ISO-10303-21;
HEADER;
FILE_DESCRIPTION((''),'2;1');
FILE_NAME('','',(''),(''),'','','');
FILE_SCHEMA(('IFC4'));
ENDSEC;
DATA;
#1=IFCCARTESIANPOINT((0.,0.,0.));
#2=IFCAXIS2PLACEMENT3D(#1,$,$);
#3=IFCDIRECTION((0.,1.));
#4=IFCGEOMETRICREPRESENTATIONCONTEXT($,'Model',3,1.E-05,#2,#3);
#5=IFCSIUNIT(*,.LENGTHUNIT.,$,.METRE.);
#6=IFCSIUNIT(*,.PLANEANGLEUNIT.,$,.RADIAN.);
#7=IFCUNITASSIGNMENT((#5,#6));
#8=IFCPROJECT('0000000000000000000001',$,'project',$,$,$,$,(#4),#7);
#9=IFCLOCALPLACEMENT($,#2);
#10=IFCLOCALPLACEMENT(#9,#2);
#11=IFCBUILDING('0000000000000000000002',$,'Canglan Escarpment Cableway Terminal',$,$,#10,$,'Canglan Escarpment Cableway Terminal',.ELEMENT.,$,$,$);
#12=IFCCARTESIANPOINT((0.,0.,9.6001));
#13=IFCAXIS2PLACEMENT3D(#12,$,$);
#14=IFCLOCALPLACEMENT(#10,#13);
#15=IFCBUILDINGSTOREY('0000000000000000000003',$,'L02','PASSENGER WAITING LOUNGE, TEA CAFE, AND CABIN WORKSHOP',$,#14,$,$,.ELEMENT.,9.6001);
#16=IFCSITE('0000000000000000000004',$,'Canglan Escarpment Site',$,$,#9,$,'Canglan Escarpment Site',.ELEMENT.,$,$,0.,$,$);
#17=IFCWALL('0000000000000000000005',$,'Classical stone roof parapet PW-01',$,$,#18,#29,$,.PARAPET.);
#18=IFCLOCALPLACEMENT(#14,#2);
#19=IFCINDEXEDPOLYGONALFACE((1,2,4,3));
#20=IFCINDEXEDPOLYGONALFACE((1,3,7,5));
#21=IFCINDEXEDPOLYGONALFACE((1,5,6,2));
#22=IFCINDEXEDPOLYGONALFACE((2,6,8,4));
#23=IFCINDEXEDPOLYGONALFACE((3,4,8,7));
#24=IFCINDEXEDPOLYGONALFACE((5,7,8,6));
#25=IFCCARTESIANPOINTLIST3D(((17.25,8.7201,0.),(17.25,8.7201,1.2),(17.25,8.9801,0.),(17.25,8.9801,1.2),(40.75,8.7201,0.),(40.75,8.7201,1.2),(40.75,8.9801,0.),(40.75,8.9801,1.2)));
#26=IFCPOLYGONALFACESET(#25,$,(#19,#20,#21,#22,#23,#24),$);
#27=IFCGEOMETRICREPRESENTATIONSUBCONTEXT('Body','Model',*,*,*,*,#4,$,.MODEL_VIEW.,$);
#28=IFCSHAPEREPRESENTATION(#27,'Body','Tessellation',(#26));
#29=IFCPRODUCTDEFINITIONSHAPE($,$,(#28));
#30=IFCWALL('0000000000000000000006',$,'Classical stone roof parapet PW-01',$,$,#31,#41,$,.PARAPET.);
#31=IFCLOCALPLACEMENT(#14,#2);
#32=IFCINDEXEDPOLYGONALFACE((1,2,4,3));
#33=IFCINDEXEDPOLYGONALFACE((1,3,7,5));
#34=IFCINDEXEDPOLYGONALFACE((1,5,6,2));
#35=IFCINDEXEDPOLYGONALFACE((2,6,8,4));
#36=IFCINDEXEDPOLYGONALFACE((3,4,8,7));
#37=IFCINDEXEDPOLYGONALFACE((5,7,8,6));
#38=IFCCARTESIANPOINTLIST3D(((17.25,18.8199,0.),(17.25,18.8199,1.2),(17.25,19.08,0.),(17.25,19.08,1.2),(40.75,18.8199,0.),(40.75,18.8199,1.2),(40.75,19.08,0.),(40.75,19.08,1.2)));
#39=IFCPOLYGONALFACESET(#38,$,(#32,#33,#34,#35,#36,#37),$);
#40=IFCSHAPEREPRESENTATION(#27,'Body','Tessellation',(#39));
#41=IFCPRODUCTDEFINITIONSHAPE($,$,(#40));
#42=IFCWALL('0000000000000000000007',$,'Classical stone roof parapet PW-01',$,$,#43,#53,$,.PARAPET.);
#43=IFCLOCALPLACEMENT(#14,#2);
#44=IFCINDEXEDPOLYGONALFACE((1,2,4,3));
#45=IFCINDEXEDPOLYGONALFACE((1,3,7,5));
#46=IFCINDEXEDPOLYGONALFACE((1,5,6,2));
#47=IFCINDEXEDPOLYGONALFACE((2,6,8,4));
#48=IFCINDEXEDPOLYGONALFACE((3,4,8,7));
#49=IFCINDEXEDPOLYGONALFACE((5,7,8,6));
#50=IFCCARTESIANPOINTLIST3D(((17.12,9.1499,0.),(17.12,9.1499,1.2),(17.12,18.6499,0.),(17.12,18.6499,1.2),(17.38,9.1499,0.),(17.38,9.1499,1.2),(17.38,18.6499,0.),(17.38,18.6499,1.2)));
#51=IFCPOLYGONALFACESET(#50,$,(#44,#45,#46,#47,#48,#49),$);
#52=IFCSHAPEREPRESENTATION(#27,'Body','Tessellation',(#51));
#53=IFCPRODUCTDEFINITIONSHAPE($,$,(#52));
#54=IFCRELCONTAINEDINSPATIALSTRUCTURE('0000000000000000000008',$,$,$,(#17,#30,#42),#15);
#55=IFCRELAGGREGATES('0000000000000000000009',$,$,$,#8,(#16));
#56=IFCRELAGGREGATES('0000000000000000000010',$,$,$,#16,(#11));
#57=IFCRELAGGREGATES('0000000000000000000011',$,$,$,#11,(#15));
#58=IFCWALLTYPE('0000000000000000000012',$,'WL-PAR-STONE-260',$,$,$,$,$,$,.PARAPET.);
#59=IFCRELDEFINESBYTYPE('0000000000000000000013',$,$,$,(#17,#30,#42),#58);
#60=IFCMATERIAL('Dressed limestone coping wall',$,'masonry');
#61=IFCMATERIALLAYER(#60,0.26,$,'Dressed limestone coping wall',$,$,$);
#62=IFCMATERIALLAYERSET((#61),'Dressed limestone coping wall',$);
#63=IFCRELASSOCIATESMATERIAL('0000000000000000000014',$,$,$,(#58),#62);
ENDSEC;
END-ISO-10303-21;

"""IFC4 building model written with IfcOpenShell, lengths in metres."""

from ifc_helpers import new_model, si_unit, direction, frame, frame_2d, origin, place, context, subcontext, project, spatial, rectangle, extrude, material, layer, layer_set, type_object, element, save


model = new_model("IFC4")

# Units and contexts
model_context = context("Model", 3, precision=1e-05, world=origin(), true_north=direction((0.0, 1.0)))
body_context = subcontext(model_context, "Body", "Model", "MODEL_VIEW")
ifc_project = project(units=[si_unit("LENGTHUNIT", "METRE"), si_unit("PLANEANGLEUNIT", "RADIAN")], contexts=[model_context])

# Site, building, storey
site_placement = place(None, origin())
site = spatial("IfcSite", under=ifc_project, at=site_placement, Name="Canglan Escarpment Site", LongName="Canglan Escarpment Site", CompositionType="ELEMENT", RefElevation=0.0)
building_placement = place(site_placement, origin())
building = spatial("IfcBuilding", under=site, at=building_placement, Name="Canglan Escarpment Cableway Terminal", LongName="Canglan Escarpment Cableway Terminal", CompositionType="ELEMENT")
storey_placement = place(building_placement, frame((0.0, 0.0, 9.6001)))
storey = spatial("IfcBuildingStorey", under=building, at=storey_placement, Name="L02", Description="PASSENGER WAITING LOUNGE, TEA CAFE, AND CABIN WORKSHOP", CompositionType="ELEMENT", Elevation=9.6001)

# Walls
ifc_material_1 = material(Name="Dressed limestone coping wall", Category="masonry")
ifc_layer_1 = layer(ifc_material_1, 0.26, Name="Dressed limestone coping wall")
ifc_layer_set_1 = layer_set([ifc_layer_1], Name="Dressed limestone coping wall")
wall_type = type_object("IfcWallType", Name="WL-PAR-STONE-260", PredefinedType="PARAPET", material=ifc_layer_set_1)
for number, where, z_axis, x_axis, name in (
    (1, (17.25, 8.8501, 0.0), (0.0, 0.0, 1.0), (1.0, 0.0, 0.0), "Classical stone roof parapet PW-01"),
    (2, (17.25, 18.95, 0.0), (0.0, 0.0, 1.0), (1.0, 0.0, 0.0), "Classical stone roof parapet PW-01"),
):
    element("IfcWall", number, at=place(storey_placement, frame(where, z_axis=z_axis, x_axis=x_axis)), inside=storey, type_object=wall_type, Name=name, PredefinedType="PARAPET", context=body_context, shape_type="SweptSolid", body=[
        extrude(rectangle(XDim=23.5, YDim=0.26, at=frame_2d((11.75, 0.0))), origin(), (0.0, 0.0, 1.0), 1.2),
    ])
wall_placement = place(storey_placement, frame((17.25, 9.1499, 0.0), z_axis=(0.0, 0.0, 1.0), x_axis=(0.0, 1.0, 0.0)))
element("IfcWall", 3, at=wall_placement, inside=storey, type_object=wall_type, Name="Classical stone roof parapet PW-01", PredefinedType="PARAPET", context=body_context, shape_type="SweptSolid", body=[
    extrude(rectangle(XDim=9.5, YDim=0.26, at=frame_2d((4.75, 0.0))), origin(), (0.0, 0.0, 1.0), 1.2),
])

save(model, "model.ifc")
